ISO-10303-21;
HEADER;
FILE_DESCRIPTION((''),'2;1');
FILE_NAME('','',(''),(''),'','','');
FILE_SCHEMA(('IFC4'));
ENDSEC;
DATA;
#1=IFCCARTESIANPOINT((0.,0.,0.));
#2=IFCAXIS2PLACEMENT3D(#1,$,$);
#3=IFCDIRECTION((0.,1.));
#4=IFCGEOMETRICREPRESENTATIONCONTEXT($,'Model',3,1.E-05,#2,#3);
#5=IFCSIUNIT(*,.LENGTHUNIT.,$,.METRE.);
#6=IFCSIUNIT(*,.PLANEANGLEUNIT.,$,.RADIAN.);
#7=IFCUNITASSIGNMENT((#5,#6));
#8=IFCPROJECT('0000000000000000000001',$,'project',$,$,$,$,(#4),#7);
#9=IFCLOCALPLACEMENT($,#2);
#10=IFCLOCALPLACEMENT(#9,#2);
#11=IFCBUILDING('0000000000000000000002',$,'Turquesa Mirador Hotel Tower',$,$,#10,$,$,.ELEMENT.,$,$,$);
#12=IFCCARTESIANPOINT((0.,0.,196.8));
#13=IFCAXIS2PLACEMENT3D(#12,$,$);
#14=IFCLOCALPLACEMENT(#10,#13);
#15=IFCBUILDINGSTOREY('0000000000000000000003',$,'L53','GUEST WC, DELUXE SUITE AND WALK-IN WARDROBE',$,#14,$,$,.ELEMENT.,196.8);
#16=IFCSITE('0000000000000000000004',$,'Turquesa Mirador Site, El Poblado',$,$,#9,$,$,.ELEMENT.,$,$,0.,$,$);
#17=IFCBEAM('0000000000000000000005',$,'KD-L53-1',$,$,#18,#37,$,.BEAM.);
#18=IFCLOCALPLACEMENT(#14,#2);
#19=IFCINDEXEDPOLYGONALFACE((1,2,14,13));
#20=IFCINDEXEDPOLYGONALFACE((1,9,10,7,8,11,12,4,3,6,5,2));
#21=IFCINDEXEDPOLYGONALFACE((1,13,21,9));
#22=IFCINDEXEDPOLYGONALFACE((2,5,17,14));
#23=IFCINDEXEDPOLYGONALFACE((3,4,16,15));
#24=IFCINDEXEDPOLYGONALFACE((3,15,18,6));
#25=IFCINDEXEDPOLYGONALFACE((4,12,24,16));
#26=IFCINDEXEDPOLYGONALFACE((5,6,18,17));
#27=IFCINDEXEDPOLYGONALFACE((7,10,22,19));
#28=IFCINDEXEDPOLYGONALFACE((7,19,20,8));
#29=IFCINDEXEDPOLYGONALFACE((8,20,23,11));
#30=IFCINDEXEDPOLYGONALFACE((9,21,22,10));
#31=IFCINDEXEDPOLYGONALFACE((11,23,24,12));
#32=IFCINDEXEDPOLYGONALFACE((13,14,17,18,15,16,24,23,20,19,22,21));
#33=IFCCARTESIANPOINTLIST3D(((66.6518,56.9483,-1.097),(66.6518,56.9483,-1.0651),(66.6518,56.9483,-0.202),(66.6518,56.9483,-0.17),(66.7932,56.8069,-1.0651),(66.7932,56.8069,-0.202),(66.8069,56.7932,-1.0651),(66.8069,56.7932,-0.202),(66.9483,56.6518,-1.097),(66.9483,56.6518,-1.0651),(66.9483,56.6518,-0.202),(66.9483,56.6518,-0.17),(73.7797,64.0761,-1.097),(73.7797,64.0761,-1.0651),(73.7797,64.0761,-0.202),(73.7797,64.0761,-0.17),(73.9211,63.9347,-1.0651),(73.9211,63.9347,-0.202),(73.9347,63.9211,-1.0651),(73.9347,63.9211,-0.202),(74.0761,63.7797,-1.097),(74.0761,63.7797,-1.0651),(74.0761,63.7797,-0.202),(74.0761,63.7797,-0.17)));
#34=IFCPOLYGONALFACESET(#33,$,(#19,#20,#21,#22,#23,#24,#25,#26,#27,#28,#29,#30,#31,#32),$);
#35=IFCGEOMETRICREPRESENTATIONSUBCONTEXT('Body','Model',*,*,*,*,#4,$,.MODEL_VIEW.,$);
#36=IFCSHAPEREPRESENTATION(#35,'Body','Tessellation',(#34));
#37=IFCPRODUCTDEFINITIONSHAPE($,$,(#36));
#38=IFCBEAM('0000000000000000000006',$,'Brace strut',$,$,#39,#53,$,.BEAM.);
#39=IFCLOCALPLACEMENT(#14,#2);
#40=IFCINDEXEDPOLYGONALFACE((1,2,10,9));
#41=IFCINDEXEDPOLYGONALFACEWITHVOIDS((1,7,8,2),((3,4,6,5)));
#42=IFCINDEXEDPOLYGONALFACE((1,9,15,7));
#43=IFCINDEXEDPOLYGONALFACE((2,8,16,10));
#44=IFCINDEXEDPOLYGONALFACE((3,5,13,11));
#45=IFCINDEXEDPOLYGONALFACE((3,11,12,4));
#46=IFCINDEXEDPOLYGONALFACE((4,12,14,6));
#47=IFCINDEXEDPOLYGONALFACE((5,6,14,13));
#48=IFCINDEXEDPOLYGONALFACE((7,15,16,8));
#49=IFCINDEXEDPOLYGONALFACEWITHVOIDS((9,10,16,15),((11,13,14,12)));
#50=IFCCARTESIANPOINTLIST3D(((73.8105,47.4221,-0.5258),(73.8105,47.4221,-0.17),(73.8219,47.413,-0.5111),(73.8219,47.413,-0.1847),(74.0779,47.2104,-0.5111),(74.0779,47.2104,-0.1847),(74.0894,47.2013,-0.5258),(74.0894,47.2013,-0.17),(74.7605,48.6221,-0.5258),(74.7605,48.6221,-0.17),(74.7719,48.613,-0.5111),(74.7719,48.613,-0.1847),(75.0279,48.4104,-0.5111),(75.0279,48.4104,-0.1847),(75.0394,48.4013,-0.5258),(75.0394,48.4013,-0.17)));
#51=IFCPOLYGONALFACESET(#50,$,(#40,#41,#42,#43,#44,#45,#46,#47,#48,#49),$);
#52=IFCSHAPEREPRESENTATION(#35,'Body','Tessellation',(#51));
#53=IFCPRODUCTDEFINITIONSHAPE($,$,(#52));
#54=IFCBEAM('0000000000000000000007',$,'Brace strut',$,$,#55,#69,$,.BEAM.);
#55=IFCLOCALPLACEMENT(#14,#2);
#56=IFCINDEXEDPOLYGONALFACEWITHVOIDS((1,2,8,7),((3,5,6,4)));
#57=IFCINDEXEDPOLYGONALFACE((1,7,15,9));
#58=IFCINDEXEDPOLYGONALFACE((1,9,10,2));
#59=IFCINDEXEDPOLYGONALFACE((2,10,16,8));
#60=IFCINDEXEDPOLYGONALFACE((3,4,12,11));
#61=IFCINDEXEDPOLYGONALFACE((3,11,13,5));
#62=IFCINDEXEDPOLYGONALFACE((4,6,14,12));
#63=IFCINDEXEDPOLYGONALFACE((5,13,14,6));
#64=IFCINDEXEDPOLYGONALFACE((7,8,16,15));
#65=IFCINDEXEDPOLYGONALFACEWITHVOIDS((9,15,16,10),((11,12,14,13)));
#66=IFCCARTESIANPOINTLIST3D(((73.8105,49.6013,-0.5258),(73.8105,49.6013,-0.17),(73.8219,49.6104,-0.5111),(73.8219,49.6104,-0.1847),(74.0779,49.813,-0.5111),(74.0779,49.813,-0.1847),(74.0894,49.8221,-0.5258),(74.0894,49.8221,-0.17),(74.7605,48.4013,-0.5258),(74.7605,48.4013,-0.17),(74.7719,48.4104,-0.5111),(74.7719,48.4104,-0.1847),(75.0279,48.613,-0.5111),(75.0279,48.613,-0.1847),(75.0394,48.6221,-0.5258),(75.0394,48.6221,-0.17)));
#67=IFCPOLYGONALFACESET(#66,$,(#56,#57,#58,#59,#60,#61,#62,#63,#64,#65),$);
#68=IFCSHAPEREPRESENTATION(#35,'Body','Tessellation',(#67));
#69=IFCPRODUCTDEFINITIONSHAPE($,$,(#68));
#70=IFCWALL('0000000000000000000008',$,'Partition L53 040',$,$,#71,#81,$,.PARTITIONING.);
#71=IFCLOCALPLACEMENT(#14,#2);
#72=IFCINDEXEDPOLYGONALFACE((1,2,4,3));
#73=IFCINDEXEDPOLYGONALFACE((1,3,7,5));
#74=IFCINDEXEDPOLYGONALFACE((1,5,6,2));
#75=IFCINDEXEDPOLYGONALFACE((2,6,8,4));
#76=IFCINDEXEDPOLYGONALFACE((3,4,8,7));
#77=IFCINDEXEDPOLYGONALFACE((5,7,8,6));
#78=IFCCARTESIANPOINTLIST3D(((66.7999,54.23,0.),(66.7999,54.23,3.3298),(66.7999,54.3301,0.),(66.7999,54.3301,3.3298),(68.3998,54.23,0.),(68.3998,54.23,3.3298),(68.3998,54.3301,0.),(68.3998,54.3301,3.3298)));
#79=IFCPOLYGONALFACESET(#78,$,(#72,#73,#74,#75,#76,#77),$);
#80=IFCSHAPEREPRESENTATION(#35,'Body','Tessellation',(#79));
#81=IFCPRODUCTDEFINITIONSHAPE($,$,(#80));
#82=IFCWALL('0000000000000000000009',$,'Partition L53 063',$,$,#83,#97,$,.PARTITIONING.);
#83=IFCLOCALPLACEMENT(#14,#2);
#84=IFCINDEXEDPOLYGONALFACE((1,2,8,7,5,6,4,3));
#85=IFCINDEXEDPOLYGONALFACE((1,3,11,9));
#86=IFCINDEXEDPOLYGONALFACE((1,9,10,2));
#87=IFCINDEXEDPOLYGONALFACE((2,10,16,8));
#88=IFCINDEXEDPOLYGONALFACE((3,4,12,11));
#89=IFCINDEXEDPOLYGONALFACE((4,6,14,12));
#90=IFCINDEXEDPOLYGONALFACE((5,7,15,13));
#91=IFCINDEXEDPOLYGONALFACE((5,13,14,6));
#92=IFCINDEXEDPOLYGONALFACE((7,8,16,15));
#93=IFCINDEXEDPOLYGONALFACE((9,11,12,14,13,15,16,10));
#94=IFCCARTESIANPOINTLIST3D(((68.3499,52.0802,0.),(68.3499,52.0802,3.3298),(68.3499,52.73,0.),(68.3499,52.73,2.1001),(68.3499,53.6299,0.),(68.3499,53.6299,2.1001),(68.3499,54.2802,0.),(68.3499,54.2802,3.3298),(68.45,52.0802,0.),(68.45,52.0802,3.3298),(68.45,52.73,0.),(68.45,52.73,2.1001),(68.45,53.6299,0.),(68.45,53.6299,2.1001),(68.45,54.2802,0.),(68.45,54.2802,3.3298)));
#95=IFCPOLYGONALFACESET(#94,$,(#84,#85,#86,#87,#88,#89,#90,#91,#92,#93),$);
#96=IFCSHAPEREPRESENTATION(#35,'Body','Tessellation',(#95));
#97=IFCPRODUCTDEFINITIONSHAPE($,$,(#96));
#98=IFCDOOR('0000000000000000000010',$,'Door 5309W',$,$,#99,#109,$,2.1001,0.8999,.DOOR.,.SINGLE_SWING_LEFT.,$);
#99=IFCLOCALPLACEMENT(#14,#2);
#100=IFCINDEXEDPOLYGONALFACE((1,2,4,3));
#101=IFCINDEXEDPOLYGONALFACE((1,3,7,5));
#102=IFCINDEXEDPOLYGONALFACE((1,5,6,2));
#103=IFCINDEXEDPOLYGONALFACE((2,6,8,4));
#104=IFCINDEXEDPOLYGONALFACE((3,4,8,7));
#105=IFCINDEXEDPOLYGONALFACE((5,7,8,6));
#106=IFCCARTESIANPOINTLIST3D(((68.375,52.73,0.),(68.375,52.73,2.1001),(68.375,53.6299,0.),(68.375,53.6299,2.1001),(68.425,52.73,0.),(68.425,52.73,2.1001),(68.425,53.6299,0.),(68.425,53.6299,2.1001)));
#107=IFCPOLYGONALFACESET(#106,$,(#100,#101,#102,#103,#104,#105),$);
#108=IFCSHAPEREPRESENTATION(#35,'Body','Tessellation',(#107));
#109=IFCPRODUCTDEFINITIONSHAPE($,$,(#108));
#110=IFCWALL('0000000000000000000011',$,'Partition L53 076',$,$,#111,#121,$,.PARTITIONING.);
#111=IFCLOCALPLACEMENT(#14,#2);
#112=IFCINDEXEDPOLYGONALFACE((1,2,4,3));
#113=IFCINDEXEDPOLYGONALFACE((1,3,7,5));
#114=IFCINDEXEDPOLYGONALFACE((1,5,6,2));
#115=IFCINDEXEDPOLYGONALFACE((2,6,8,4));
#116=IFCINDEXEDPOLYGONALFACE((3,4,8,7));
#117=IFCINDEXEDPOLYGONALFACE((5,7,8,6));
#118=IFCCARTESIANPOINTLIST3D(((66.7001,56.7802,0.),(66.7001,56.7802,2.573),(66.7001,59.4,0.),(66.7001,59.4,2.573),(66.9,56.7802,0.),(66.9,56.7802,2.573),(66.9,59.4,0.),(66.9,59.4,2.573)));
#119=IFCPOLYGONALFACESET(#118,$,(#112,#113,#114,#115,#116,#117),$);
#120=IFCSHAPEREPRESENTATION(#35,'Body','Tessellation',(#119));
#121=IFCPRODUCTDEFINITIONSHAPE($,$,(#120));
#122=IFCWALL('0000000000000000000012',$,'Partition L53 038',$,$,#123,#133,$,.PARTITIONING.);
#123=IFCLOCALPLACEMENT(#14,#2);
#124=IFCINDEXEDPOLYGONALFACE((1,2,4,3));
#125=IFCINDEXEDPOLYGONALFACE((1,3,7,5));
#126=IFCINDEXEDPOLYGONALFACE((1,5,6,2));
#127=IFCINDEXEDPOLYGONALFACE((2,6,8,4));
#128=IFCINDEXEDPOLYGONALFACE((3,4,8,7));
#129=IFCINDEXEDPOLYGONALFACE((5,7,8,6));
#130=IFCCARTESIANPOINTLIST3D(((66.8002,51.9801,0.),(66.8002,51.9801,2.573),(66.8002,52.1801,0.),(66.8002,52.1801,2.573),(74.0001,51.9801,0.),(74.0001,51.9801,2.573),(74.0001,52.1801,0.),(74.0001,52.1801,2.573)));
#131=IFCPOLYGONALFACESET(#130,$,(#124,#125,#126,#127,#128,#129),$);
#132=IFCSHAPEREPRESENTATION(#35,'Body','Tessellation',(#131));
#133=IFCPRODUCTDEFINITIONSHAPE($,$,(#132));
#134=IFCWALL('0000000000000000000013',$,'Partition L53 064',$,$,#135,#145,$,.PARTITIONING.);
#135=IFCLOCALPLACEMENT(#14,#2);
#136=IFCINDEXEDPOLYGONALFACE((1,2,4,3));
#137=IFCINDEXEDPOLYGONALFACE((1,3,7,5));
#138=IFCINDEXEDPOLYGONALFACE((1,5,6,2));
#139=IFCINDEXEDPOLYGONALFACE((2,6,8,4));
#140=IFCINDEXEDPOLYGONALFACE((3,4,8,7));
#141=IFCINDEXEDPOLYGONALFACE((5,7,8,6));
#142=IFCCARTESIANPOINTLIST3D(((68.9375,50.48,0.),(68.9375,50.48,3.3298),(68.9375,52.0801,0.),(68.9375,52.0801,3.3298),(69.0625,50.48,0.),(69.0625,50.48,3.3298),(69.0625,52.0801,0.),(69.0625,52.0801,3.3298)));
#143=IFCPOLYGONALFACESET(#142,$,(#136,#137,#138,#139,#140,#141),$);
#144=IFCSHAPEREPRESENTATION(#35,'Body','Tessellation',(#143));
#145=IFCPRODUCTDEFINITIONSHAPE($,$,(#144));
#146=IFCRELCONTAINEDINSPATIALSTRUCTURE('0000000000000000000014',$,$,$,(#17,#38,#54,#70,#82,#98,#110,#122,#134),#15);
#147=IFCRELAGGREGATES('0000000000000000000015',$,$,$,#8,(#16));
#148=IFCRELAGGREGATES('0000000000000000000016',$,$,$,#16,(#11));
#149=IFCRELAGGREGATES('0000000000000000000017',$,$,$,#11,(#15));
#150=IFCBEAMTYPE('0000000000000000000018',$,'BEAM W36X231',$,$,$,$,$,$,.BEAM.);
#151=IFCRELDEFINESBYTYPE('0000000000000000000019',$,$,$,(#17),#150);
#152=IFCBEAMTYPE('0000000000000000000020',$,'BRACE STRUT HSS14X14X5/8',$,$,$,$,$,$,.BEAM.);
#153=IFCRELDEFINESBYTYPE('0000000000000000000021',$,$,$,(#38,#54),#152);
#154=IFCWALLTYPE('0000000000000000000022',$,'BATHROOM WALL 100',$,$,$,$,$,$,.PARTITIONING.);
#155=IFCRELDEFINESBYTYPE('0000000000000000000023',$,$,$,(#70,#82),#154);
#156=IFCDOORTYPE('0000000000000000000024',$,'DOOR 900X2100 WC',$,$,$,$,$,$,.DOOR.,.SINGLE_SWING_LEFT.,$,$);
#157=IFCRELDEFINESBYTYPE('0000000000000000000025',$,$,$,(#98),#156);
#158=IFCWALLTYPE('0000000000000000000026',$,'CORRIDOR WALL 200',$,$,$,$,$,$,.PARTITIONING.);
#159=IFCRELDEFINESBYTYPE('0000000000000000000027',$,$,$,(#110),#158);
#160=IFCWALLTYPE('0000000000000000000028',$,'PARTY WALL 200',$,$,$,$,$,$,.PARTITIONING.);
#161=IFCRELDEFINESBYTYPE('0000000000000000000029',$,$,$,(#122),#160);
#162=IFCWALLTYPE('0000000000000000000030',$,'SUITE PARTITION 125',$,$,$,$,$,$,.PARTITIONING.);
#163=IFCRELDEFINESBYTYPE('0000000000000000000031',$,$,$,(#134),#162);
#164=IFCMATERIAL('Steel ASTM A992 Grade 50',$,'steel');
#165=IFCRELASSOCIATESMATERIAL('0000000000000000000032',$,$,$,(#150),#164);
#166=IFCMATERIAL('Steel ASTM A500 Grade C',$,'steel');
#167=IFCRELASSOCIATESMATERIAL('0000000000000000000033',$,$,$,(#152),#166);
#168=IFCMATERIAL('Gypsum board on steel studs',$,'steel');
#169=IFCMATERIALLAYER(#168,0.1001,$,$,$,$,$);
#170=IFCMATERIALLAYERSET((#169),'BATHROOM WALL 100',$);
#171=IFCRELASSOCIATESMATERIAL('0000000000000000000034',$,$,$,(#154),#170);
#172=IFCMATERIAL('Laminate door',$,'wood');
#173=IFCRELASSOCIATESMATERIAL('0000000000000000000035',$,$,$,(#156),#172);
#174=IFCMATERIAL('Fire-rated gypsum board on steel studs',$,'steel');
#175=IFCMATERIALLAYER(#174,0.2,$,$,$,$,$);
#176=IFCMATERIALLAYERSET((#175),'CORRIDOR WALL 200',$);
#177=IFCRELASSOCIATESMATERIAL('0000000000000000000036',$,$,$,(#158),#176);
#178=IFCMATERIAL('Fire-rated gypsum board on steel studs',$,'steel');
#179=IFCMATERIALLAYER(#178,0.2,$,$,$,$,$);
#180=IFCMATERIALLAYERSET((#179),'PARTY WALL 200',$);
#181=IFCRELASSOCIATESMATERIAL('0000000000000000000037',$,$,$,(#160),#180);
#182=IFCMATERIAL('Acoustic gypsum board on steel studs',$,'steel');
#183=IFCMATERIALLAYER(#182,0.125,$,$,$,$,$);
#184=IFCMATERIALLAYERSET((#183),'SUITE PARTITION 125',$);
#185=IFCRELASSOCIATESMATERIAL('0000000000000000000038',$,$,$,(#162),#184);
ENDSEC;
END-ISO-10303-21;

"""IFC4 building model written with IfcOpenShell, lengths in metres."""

from ifc_helpers import new_model, si_unit, direction, frame, frame_2d, origin, origin_2d, place, context, subcontext, project, spatial, rectangle, hollow_rectangle, i_section, extrude, material, layer, layer_set, material_profile, profile_set, type_object, element, fill, save


model = new_model("IFC4")

# Units and contexts
model_context = context("Model", 3, precision=1e-05, world=origin(), true_north=direction((0.0, 1.0)))
body_context = subcontext(model_context, "Body", "Model", "MODEL_VIEW")
ifc_project = project(units=[si_unit("LENGTHUNIT", "METRE"), si_unit("PLANEANGLEUNIT", "RADIAN")], contexts=[model_context])

# Site, building, storey
site_placement = place(None, origin())
site = spatial("IfcSite", under=ifc_project, at=site_placement, Name="Turquesa Mirador Site, El Poblado", CompositionType="ELEMENT", RefElevation=0.0)
building_placement = place(site_placement, origin())
building = spatial("IfcBuilding", under=site, at=building_placement, Name="Turquesa Mirador Hotel Tower", CompositionType="ELEMENT")
storey_placement = place(building_placement, frame((0.0, 0.0, 196.8)))
storey = spatial("IfcBuildingStorey", under=building, at=storey_placement, Name="L53", Description="GUEST WC, DELUXE SUITE AND WALK-IN WARDROBE", CompositionType="ELEMENT", Elevation=196.8)

# Beams
ifc_material_1 = material(Name="Steel ASTM A992 Grade 50", Category="steel")
ifc_material_profile_1 = material_profile(ifc_material_1, i_section(OverallWidth=0.4192, OverallDepth=0.927, WebThickness=0.0193, FlangeThickness=0.032, at=origin_2d()), Name="W36X231")
ifc_profile_set_1 = profile_set([ifc_material_profile_1], Name="Steel ASTM A992 Grade 50")
beam_type_1 = type_object("IfcBeamType", Name="BEAM W36X231", PredefinedType="BEAM", material=ifc_profile_set_1)
beam_1_placement = place(storey_placement, frame((66.8, 56.8, -0.6335), z_axis=(0.707107, 0.707107, 0.0), x_axis=(-0.707107, 0.707107, 0.0)))
element("IfcBeam", 1, at=beam_1_placement, inside=storey, type_object=beam_type_1, Name="KD-L53-1", PredefinedType="BEAM", context=body_context, shape_type="SweptSolid", body=[
    extrude(i_section(OverallWidth=0.4192, OverallDepth=0.927, WebThickness=0.0193, FlangeThickness=0.032, at=origin_2d()), origin(), (0.0, 0.0, 1.0), 10.0803),
])
ifc_material_2 = material(Name="Steel ASTM A500 Grade C", Category="steel")
ifc_material_profile_2 = material_profile(ifc_material_2, hollow_rectangle(XDim=0.3557, YDim=0.3557, WallThickness=0.0146, at=origin_2d()), Name="HSS14X14X5/8")
ifc_profile_set_2 = profile_set([ifc_material_profile_2], Name="Steel ASTM A500 Grade C")
beam_type_2 = type_object("IfcBeamType", Name="BRACE STRUT HSS14X14X5/8", PredefinedType="BEAM", material=ifc_profile_set_2)
for number, where, z_axis, x_axis, name in (
    (2, (74.8999, 48.5117, -0.3479), (-0.620699, -0.784049, 0.0), (0.784049, -0.620699, 0.0), "Brace strut"),
    (3, (74.8999, 48.5117, -0.3479), (-0.620699, 0.784049, 0.0), (-0.784049, -0.620699, 0.0), "Brace strut"),
):
    element("IfcBeam", number, at=place(storey_placement, frame(where, z_axis=z_axis, x_axis=x_axis)), inside=storey, type_object=beam_type_2, Name=name, PredefinedType="BEAM", context=body_context, shape_type="SweptSolid", body=[
        extrude(hollow_rectangle(XDim=0.3557, YDim=0.3557, WallThickness=0.0146, at=origin_2d()), origin(), (0.0, 0.0, 1.0), 1.5305),
    ])

# Wall
ifc_material_3 = material(Name="Gypsum board on steel studs", Category="steel")
ifc_layer_1 = layer(ifc_material_3, 0.1001)
ifc_layer_set_1 = layer_set([ifc_layer_1], Name="BATHROOM WALL 100")
wall_type_1 = type_object("IfcWallType", Name="BATHROOM WALL 100", PredefinedType="PARTITIONING", material=ifc_layer_set_1)
wall_1_placement = place(storey_placement, frame((66.8, 54.28, 0.0), z_axis=(0.0, 0.0, 1.0), x_axis=(1.0, 0.0, 0.0)))
element("IfcWall", 4, at=wall_1_placement, inside=storey, type_object=wall_type_1, Name="Partition L53 040", PredefinedType="PARTITIONING", context=body_context, shape_type="SweptSolid", body=[
    extrude(rectangle(XDim=1.5999, YDim=0.1001, at=frame_2d((0.7998, 0.0))), origin(), (0.0, 0.0, 1.0), 3.3298),
])

# Wall, opening, door
wall_2_placement = place(storey_placement, frame((68.3999, 52.0801, 0.0), z_axis=(0.0, 0.0, 1.0), x_axis=(0.0, 1.0, 0.0)))
wall_2 = element("IfcWall", 5, at=wall_2_placement, inside=storey, type_object=wall_type_1, Name="Partition L53 063", PredefinedType="PARTITIONING", context=body_context, shape_type="SweptSolid", body=[
    extrude(rectangle(XDim=2.2, YDim=0.1001, at=frame_2d((1.1001, 0.0))), origin(), (0.0, 0.0, 1.0), 3.3298),
])
opening_placement = place(wall_2_placement, frame((0.6499, 0.0, 0.0)))
opening = element("IfcOpeningElement", 6, at=opening_placement, cuts=wall_2, PredefinedType="OPENING", context=body_context, shape_type="SweptSolid", body=[
    extrude(rectangle(XDim=0.8999, YDim=2.1001, at=frame_2d((0.45, 1.05))), frame((0.0, 0.0601, 0.0), z_axis=(0.0, -1.0, 0.0), x_axis=(1.0, 0.0, 0.0)), (0.0, 0.0, 1.0), 0.1201),
])
ifc_material_4 = material(Name="Laminate door", Category="wood")
door_type = type_object("IfcDoorType", Name="DOOR 900X2100 WC", OperationType="SINGLE_SWING_LEFT", PredefinedType="DOOR", material=ifc_material_4)
door_placement = place(opening_placement, origin())
door = element("IfcDoor", 7, at=door_placement, inside=storey, type_object=door_type, Name="Door 5309W", OperationType="SINGLE_SWING_LEFT", OverallHeight=2.1001, OverallWidth=0.8999, PredefinedType="DOOR", context=body_context, shape_type="SweptSolid", body=[
    extrude(rectangle(XDim=0.8999, YDim=2.1001, at=frame_2d((0.45, 1.05))), frame((0.0, 0.0249, 0.0), z_axis=(0.0, -1.0, 0.0), x_axis=(1.0, 0.0, 0.0)), (0.0, 0.0, 1.0), 0.05),
])
fill(opening, door)

# Walls
ifc_material_5 = material(Name="Fire-rated gypsum board on steel studs", Category="steel")
ifc_layer_2 = layer(ifc_material_5, 0.2)
ifc_layer_set_2 = layer_set([ifc_layer_2], Name="CORRIDOR WALL 200")
wall_type_2 = type_object("IfcWallType", Name="CORRIDOR WALL 200", PredefinedType="PARTITIONING", material=ifc_layer_set_2)
wall_3_placement = place(storey_placement, frame((66.8, 56.78, 0.0), z_axis=(0.0, 0.0, 1.0), x_axis=(0.0, 1.0, 0.0)))
element("IfcWall", 8, at=wall_3_placement, inside=storey, type_object=wall_type_2, Name="Partition L53 076", PredefinedType="PARTITIONING", context=body_context, shape_type="SweptSolid", body=[
    extrude(rectangle(XDim=2.6199, YDim=0.2, at=frame_2d((1.3101, 0.0))), origin(), (0.0, 0.0, 1.0), 2.573),
])
ifc_material_6 = material(Name="Fire-rated gypsum board on steel studs", Category="steel")
ifc_layer_3 = layer(ifc_material_6, 0.2)
ifc_layer_set_3 = layer_set([ifc_layer_3], Name="PARTY WALL 200")
wall_type_3 = type_object("IfcWallType", Name="PARTY WALL 200", PredefinedType="PARTITIONING", material=ifc_layer_set_3)
wall_4_placement = place(storey_placement, frame((66.8, 52.0801, 0.0), z_axis=(0.0, 0.0, 1.0), x_axis=(1.0, 0.0, 0.0)))
element("IfcWall", 9, at=wall_4_placement, inside=storey, type_object=wall_type_3, Name="Partition L53 038", PredefinedType="PARTITIONING", context=body_context, shape_type="SweptSolid", body=[
    extrude(rectangle(XDim=7.2, YDim=0.2, at=frame_2d((3.6001, 0.0))), origin(), (0.0, 0.0, 1.0), 2.573),
])
ifc_material_7 = material(Name="Acoustic gypsum board on steel studs", Category="steel")
ifc_layer_4 = layer(ifc_material_7, 0.125)
ifc_layer_set_4 = layer_set([ifc_layer_4], Name="SUITE PARTITION 125")
wall_type_4 = type_object("IfcWallType", Name="SUITE PARTITION 125", PredefinedType="PARTITIONING", material=ifc_layer_set_4)
wall_5_placement = place(storey_placement, frame((69.0, 50.48, 0.0), z_axis=(0.0, 0.0, 1.0), x_axis=(0.0, 1.0, 0.0)))
element("IfcWall", 10, at=wall_5_placement, inside=storey, type_object=wall_type_4, Name="Partition L53 064", PredefinedType="PARTITIONING", context=body_context, shape_type="SweptSolid", body=[
    extrude(rectangle(XDim=1.6001, YDim=0.125, at=frame_2d((0.8, 0.0))), origin(), (0.0, 0.0, 1.0), 3.3298),
])

save(model, "model.ifc")
